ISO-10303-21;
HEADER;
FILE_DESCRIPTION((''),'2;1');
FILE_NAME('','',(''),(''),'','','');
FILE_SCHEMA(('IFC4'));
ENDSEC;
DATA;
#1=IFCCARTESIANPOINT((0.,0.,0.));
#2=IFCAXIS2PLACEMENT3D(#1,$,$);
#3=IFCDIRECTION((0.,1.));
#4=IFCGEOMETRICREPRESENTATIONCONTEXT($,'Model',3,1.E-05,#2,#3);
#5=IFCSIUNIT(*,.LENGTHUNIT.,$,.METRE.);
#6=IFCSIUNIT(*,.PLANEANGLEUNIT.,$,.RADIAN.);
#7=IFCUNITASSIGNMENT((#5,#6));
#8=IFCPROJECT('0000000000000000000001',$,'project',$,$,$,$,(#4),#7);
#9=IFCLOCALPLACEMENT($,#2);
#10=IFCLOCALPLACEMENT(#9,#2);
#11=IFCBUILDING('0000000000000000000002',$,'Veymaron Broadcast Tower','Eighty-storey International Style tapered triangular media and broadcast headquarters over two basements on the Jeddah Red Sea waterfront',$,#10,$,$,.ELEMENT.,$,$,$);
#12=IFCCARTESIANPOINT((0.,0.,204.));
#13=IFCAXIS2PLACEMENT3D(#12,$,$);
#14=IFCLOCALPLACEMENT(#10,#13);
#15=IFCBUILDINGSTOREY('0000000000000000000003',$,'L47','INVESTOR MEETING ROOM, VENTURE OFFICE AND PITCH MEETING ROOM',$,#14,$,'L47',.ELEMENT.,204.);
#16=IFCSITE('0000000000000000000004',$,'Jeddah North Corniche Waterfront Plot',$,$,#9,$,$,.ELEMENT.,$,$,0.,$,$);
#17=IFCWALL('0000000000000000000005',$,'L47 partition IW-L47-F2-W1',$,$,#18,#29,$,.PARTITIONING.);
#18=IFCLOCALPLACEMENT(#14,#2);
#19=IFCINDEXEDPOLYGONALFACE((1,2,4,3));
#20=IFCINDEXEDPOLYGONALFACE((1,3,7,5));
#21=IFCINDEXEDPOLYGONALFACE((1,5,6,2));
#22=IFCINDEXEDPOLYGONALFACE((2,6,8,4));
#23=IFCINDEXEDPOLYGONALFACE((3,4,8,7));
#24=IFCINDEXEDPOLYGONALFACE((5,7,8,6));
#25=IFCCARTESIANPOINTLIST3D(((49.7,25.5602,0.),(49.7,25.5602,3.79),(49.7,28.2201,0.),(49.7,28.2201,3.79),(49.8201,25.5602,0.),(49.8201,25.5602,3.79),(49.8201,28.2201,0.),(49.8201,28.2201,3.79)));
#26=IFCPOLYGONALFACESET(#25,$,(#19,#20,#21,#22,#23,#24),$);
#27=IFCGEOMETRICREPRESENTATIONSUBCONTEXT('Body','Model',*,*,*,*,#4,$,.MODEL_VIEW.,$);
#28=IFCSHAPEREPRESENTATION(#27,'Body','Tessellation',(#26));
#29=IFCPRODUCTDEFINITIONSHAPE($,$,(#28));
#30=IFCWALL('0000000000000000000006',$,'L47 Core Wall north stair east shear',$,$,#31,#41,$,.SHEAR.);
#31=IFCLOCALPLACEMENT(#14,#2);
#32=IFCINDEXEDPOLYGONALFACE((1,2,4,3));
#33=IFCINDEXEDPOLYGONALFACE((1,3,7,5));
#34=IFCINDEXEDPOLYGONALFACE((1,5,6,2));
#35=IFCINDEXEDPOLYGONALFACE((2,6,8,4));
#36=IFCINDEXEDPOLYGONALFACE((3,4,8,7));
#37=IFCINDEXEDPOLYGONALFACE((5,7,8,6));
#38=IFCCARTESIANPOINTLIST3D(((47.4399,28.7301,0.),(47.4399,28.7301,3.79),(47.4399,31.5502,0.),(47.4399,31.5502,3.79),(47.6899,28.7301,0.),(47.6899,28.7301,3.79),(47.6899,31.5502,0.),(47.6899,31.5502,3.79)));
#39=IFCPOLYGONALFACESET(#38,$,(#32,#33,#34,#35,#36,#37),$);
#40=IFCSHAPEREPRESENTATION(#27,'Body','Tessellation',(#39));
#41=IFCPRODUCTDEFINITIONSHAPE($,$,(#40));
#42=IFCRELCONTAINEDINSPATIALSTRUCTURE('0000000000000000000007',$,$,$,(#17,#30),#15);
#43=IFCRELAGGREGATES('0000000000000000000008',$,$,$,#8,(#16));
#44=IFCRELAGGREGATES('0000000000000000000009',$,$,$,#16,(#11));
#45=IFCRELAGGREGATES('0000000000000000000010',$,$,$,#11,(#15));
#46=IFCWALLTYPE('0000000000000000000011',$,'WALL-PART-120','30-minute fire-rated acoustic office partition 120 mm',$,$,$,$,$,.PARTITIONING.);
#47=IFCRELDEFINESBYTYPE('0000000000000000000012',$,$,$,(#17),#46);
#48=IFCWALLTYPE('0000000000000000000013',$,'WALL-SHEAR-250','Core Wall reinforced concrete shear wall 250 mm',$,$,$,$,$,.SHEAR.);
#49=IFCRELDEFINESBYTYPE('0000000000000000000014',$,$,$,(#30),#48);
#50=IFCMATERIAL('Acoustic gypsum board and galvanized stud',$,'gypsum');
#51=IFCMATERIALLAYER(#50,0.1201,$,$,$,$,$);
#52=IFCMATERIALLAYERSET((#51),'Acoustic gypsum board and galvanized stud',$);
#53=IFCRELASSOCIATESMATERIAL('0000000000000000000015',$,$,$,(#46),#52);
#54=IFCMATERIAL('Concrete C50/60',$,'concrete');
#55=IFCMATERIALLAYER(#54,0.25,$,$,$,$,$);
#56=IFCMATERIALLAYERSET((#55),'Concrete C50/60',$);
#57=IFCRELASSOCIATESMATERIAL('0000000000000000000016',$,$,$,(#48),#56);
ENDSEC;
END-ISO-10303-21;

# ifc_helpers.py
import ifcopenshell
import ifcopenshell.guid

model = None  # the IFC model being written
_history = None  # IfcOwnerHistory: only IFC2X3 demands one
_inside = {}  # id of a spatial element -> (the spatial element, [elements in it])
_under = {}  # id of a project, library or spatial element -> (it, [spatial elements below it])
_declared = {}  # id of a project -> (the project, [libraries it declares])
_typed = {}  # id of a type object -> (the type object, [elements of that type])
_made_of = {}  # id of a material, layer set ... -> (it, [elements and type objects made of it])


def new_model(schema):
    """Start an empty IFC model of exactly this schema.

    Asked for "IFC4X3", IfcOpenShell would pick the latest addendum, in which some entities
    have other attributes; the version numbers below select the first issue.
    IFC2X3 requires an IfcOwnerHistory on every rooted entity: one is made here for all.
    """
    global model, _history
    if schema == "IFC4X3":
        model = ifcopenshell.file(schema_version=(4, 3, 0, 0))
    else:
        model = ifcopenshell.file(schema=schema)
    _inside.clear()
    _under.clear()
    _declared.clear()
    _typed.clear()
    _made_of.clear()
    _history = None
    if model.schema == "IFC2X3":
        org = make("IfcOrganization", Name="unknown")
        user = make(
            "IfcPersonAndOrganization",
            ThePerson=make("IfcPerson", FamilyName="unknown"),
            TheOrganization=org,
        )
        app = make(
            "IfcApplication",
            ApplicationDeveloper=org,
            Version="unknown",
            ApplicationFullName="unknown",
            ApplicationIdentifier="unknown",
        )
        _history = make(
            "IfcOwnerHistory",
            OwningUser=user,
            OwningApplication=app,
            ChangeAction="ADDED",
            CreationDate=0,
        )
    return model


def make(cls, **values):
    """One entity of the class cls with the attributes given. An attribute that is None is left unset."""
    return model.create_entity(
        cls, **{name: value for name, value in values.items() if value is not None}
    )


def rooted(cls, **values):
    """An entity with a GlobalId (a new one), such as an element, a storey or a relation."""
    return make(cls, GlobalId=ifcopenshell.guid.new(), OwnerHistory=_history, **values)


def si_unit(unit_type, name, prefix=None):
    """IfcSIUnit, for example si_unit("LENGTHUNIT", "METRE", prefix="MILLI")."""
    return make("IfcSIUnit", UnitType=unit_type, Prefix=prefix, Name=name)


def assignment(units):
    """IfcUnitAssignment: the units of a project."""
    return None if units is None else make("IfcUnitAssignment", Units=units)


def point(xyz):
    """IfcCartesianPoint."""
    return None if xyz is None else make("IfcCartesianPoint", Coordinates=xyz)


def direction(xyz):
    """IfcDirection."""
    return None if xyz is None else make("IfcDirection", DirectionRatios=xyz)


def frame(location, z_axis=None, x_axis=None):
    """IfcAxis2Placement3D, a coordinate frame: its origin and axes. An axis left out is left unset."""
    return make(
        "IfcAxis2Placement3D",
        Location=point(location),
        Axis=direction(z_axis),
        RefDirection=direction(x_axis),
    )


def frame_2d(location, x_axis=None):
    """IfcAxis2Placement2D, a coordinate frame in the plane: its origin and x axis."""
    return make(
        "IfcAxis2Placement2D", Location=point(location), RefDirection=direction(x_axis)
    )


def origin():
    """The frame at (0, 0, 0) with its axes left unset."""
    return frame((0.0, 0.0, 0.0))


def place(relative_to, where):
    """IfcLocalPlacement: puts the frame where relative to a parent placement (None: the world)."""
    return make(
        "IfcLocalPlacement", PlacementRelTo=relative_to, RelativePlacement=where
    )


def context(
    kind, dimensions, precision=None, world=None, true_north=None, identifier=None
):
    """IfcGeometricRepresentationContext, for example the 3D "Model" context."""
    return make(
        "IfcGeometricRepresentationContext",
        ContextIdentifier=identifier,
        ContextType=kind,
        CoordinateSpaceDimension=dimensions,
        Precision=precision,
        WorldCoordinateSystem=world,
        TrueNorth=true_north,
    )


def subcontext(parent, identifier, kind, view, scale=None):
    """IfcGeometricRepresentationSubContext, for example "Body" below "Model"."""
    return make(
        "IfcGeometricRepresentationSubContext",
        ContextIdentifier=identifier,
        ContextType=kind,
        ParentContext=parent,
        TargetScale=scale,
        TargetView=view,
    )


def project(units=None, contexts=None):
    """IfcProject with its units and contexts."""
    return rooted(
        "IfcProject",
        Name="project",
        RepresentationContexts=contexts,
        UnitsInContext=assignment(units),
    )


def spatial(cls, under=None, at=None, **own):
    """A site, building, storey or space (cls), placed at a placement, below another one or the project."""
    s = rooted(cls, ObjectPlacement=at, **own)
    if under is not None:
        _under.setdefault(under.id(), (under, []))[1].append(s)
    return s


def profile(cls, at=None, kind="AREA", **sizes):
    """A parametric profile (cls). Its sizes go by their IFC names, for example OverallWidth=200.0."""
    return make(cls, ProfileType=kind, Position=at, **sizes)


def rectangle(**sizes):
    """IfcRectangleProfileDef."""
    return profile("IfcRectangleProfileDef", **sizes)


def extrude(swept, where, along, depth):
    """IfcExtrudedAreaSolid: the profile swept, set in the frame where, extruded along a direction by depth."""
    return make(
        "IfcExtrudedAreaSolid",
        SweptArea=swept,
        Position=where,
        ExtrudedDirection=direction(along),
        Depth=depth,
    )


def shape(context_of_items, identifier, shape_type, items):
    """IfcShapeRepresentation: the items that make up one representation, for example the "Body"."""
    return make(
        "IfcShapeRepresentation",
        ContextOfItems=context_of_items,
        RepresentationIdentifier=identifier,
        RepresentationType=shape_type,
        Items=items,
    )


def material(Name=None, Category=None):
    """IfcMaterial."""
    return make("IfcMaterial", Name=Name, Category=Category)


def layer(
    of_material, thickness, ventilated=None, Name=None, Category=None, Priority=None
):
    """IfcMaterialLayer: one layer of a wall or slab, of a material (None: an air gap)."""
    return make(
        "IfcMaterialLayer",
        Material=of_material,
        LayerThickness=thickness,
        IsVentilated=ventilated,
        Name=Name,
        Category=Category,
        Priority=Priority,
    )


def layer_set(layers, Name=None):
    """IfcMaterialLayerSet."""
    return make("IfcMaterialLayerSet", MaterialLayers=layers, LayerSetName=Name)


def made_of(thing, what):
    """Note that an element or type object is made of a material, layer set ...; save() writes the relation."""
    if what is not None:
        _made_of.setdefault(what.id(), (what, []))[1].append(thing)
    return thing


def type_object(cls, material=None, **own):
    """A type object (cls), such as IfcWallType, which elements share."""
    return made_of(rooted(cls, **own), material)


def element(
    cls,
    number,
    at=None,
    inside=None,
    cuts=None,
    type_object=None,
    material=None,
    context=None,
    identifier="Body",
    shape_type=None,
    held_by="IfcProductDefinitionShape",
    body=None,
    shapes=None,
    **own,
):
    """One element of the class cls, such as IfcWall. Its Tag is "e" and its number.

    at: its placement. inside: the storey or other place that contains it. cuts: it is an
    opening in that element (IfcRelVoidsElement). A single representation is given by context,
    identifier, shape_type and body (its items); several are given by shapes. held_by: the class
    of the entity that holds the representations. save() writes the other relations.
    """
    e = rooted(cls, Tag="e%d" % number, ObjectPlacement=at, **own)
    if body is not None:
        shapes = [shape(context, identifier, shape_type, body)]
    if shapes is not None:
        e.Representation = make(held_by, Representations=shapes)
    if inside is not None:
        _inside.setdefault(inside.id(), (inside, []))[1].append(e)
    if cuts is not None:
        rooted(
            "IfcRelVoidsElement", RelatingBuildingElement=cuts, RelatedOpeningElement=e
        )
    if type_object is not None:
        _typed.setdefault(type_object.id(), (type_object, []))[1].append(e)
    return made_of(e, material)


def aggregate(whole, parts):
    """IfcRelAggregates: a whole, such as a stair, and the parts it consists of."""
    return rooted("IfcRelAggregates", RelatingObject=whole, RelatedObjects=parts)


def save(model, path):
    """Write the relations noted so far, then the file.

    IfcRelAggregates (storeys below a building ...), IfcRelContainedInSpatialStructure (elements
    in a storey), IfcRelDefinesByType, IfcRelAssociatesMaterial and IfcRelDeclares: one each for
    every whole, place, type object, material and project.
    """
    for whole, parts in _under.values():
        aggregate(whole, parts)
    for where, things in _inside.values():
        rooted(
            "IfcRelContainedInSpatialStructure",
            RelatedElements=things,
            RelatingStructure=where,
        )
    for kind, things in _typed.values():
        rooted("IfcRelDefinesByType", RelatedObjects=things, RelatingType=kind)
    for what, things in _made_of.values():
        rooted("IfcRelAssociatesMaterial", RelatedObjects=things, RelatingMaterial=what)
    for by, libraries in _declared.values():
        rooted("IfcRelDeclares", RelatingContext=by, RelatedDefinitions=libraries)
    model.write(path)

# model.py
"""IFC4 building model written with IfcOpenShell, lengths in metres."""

from ifc_helpers import new_model, si_unit, direction, frame, frame_2d, origin, place, context, subcontext, project, spatial, rectangle, extrude, material, layer, layer_set, type_object, element, save


model = new_model("IFC4")

# Units and contexts
model_context = context("Model", 3, precision=1e-05, world=origin(), true_north=direction((0.0, 1.0)))
body_context = subcontext(model_context, "Body", "Model", "MODEL_VIEW")
ifc_project = project(units=[si_unit("LENGTHUNIT", "METRE"), si_unit("PLANEANGLEUNIT", "RADIAN")], contexts=[model_context])

# Site, building, storey
site_placement = place(None, origin())
site = spatial("IfcSite", under=ifc_project, at=site_placement, Name="Jeddah North Corniche Waterfront Plot", CompositionType="ELEMENT", RefElevation=0.0)
building_placement = place(site_placement, origin())
building = spatial("IfcBuilding", under=site, at=building_placement, Name="Veymaron Broadcast Tower", Description="Eighty-storey International Style tapered triangular media and broadcast headquarters over two basements on the Jeddah Red Sea waterfront", CompositionType="ELEMENT")
storey_placement = place(building_placement, frame((0.0, 0.0, 204.0)))
storey = spatial("IfcBuildingStorey", under=building, at=storey_placement, Name="L47", Description="INVESTOR MEETING ROOM, VENTURE OFFICE AND PITCH MEETING ROOM", LongName="L47", CompositionType="ELEMENT", Elevation=204.0)

# Shared definitions
ifc_material_1 = material(Name="Acoustic gypsum board and galvanized stud", Category="gypsum")
ifc_layer_1 = layer(ifc_material_1, 0.1201)
ifc_layer_set_1 = layer_set([ifc_layer_1], Name="Acoustic gypsum board and galvanized stud")
wall_type_1 = type_object("IfcWallType", Name="WALL-PART-120", Description="30-minute fire-rated acoustic office partition 120 mm", PredefinedType="PARTITIONING", material=ifc_layer_set_1)

# Wall
wall_1_placement = place(storey_placement, frame((49.76, 25.5601, 0.0), z_axis=(0.0, 0.0, 1.0), x_axis=(0.0, 1.0, 0.0)))
element("IfcWall", 1, at=wall_1_placement, inside=storey, type_object=wall_type_1, Name="L47 partition IW-L47-F2-W1", PredefinedType="PARTITIONING", context=body_context, shape_type="SweptSolid", body=[
    extrude(rectangle(XDim=2.6599, YDim=0.1201, at=frame_2d((1.3301, 0.0))), origin(), (0.0, 0.0, 1.0), 3.79),
])

# Wall
ifc_material_2 = material(Name="Concrete C50/60", Category="concrete")
ifc_layer_2 = layer(ifc_material_2, 0.25)
ifc_layer_set_2 = layer_set([ifc_layer_2], Name="Concrete C50/60")
wall_type_2 = type_object("IfcWallType", Name="WALL-SHEAR-250", Description="Core Wall reinforced concrete shear wall 250 mm", PredefinedType="SHEAR", material=ifc_layer_set_2)
wall_2_placement = place(storey_placement, frame((47.5649, 28.73, 0.0), z_axis=(0.0, 0.0, 1.0), x_axis=(0.0, 1.0, 0.0)))
element("IfcWall", 2, at=wall_2_placement, inside=storey, type_object=wall_type_2, Name="L47 Core Wall north stair east shear", PredefinedType="SHEAR", context=body_context, shape_type="SweptSolid", body=[
    extrude(rectangle(XDim=2.8201, YDim=0.25, at=frame_2d((1.4102, 0.0))), origin(), (0.0, 0.0, 1.0), 3.79),
])

save(model, "model.ifc")
